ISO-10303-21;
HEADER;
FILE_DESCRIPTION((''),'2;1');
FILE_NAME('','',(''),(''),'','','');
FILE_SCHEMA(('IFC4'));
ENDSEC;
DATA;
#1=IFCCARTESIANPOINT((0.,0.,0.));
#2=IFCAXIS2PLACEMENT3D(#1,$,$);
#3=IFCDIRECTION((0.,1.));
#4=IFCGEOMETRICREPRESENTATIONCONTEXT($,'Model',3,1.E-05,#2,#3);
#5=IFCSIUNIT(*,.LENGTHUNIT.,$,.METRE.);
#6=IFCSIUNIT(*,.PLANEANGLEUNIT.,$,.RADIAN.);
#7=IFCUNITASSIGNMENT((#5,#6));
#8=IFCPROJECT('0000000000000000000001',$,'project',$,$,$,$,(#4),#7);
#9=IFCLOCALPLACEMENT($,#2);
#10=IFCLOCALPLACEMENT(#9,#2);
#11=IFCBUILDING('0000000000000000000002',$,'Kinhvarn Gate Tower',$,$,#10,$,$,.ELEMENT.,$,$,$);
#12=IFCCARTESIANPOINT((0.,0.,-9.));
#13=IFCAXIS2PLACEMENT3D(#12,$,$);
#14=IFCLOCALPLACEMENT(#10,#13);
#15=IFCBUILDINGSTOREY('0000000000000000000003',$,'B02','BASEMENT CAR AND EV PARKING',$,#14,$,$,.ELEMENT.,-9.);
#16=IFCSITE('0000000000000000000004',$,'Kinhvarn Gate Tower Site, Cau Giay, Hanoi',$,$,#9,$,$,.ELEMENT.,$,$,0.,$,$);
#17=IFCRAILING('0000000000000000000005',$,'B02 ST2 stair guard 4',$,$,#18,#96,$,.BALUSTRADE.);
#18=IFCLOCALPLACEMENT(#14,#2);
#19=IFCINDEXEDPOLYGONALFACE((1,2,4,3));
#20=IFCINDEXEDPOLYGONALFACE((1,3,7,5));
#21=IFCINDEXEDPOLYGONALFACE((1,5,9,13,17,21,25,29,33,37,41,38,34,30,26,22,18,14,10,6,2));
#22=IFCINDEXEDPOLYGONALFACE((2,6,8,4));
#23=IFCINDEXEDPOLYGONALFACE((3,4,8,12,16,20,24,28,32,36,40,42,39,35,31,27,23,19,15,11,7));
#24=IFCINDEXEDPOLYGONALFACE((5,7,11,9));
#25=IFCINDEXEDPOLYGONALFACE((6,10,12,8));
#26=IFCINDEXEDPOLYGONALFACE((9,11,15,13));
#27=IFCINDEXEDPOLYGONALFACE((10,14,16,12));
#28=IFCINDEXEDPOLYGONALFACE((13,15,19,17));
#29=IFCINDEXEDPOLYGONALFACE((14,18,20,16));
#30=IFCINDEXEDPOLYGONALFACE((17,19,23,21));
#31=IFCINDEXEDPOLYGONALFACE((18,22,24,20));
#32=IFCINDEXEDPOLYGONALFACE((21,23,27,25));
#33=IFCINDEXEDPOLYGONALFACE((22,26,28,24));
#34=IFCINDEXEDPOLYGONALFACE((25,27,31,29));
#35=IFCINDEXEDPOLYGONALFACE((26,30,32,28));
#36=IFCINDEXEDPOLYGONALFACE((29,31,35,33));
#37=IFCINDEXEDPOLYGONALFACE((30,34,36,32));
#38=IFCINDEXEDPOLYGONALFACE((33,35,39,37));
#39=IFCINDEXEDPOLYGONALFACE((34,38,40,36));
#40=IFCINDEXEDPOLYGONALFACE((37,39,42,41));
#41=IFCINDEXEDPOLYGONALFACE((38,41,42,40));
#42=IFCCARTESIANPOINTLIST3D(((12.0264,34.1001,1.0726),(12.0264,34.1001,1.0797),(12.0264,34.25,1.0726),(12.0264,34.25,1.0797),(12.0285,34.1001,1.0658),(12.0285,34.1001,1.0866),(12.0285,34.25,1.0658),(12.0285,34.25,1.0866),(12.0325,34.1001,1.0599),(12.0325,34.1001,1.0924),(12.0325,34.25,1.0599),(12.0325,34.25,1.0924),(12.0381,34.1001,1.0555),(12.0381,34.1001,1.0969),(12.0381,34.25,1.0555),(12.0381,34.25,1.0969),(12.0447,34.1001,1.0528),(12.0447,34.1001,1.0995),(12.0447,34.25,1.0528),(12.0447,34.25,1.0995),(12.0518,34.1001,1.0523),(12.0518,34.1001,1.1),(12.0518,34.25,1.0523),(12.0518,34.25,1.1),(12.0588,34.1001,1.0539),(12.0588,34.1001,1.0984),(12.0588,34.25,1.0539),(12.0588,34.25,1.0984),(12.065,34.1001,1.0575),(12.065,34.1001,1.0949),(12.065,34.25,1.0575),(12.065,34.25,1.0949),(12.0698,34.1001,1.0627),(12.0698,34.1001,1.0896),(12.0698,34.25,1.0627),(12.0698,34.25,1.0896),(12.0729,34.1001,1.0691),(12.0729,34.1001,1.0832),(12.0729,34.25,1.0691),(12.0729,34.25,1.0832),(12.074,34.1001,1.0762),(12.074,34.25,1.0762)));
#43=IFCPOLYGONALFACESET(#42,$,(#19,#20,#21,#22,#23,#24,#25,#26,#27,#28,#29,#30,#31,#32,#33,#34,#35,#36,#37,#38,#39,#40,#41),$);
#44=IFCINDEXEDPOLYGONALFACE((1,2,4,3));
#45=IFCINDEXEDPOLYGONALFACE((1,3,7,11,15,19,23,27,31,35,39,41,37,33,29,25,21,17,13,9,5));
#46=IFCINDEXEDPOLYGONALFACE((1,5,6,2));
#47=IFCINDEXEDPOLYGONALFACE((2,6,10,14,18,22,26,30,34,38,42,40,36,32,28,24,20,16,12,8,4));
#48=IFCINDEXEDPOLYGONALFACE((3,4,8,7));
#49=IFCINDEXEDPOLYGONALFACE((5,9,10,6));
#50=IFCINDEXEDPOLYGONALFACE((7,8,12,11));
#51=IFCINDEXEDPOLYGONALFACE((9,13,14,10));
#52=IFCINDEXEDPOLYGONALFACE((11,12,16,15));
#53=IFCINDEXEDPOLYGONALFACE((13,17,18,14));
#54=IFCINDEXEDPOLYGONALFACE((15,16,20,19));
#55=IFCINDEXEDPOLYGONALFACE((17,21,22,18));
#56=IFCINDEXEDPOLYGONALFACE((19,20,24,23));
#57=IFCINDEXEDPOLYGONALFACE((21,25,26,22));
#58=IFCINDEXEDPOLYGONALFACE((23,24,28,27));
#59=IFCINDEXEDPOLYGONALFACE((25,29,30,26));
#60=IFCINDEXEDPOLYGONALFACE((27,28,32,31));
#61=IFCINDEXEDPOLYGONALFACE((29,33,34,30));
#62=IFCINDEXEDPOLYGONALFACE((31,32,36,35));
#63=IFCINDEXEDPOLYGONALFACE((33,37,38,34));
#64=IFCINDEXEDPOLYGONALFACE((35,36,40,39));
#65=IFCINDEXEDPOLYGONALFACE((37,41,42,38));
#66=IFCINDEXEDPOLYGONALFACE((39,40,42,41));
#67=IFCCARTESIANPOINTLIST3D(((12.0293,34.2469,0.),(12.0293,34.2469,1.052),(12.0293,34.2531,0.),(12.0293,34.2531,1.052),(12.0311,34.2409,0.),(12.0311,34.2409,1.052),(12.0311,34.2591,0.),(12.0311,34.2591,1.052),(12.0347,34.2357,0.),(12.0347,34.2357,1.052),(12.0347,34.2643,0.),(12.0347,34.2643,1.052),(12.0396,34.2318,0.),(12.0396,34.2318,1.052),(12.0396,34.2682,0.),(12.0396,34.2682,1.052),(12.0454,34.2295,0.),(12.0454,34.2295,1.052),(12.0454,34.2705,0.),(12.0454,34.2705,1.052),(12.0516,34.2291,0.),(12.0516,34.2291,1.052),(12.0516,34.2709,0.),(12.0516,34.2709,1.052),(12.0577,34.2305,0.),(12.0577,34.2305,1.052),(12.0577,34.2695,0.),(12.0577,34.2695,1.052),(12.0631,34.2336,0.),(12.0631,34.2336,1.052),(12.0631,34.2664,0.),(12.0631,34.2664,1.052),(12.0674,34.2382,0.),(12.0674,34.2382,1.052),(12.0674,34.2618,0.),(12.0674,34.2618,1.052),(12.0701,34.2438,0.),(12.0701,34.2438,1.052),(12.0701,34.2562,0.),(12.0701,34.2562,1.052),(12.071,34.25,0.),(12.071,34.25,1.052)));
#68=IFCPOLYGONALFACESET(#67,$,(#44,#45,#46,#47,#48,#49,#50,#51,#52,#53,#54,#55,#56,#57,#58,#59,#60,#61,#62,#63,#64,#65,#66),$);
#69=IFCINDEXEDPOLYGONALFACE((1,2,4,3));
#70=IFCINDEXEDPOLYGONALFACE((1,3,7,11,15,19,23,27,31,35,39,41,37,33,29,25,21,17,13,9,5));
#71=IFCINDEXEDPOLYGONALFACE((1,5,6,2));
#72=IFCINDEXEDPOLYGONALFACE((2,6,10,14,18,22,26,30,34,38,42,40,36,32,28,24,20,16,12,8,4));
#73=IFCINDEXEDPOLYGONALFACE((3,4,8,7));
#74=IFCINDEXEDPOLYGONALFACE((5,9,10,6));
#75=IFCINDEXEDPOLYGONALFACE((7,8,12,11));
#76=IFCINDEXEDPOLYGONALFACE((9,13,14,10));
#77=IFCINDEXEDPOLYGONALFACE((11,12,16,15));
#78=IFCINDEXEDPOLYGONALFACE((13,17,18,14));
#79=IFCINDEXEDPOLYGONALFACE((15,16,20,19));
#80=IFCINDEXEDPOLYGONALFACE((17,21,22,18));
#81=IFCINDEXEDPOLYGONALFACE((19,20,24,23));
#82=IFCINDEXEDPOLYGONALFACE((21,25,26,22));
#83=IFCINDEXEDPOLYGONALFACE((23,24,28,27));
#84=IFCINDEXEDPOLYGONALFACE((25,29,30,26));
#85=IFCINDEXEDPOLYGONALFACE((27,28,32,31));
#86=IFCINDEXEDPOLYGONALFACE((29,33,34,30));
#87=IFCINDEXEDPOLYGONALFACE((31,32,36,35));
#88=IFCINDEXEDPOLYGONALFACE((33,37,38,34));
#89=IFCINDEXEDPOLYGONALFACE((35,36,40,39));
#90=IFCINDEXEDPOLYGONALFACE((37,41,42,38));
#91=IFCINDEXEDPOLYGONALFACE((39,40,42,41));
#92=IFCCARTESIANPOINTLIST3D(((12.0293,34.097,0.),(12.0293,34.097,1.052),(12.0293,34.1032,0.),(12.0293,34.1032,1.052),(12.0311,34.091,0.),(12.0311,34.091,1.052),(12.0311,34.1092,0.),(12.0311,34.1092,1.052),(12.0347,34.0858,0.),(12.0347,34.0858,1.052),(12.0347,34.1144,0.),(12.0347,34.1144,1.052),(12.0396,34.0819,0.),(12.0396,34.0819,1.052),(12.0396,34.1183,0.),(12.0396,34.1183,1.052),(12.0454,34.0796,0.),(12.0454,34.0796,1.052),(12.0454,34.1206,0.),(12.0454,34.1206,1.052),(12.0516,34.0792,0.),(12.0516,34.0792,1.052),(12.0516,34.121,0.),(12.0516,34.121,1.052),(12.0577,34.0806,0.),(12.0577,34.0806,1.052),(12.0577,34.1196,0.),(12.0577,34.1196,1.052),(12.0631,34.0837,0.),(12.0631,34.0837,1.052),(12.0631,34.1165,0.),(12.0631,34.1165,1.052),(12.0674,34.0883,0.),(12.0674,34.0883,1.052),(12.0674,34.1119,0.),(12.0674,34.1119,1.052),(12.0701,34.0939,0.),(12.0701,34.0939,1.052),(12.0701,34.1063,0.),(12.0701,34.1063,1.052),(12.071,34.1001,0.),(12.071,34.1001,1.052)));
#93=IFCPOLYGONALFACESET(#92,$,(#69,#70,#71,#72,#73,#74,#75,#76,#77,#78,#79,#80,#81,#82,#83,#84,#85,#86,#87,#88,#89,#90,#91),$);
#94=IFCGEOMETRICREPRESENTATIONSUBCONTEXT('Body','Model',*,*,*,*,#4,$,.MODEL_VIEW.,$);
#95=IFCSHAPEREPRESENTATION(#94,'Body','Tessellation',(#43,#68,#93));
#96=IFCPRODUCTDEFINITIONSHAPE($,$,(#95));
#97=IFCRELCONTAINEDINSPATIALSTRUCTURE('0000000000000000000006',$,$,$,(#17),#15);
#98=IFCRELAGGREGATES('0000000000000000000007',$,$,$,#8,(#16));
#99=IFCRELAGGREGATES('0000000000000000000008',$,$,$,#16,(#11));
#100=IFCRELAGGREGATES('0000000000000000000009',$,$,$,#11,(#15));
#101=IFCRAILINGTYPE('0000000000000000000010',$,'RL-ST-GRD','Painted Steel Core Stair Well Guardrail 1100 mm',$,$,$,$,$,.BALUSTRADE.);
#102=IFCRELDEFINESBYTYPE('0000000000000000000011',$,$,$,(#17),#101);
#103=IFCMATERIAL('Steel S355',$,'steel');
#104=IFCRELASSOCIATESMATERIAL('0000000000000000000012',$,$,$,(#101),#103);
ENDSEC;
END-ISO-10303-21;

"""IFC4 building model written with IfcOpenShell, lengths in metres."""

from ifc_helpers import new_model, si_unit, direction, frame, origin, origin_2d, place, context, subcontext, project, spatial, circle, extrude, material, type_object, element, save


model = new_model("IFC4")

# Units and contexts
model_context = context("Model", 3, precision=1e-05, world=origin(), true_north=direction((0.0, 1.0)))
body_context = subcontext(model_context, "Body", "Model", "MODEL_VIEW")
ifc_project = project(units=[si_unit("LENGTHUNIT", "METRE"), si_unit("PLANEANGLEUNIT", "RADIAN")], contexts=[model_context])

# Site, building, storey
site_placement = place(None, origin())
site = spatial("IfcSite", under=ifc_project, at=site_placement, Name="Kinhvarn Gate Tower Site, Cau Giay, Hanoi", CompositionType="ELEMENT", RefElevation=0.0)
building_placement = place(site_placement, origin())
building = spatial("IfcBuilding", under=site, at=building_placement, Name="Kinhvarn Gate Tower", CompositionType="ELEMENT")
storey_placement = place(building_placement, frame((0.0, 0.0, -9.0)))
storey = spatial("IfcBuildingStorey", under=building, at=storey_placement, Name="B02", Description="BASEMENT CAR AND EV PARKING", CompositionType="ELEMENT", Elevation=-9.0)

# Shared definitions
ifc_material_1 = material(Name="Steel S355", Category="steel")

# Railing
railing_type_1 = type_object("IfcRailingType", Name="RL-ST-GRD", Description="Painted Steel Core Stair Well Guardrail 1100 mm", PredefinedType="BALUSTRADE", material=ifc_material_1)
railing_1_placement = place(storey_placement, frame((12.05, 34.25, 0.0)))
element("IfcRailing", 1, at=railing_1_placement, inside=storey, type_object=railing_type_1, Name="B02 ST2 stair guard 4", PredefinedType="BALUSTRADE", context=body_context, shape_type="SweptSolid", body=[
    extrude(circle(Radius=0.0239, at=origin_2d()), frame((0.0, 0.0, 1.0762), z_axis=(0.0, -1.0, 0.0), x_axis=(1.0, 0.0, 0.0)), (0.0, 0.0, 1.0), 0.1499),
    extrude(circle(Radius=0.021, at=origin_2d()), origin(), (0.0, 0.0, 1.0), 1.052),
    extrude(circle(Radius=0.021, at=origin_2d()), frame((0.0, -0.1499, 0.0)), (0.0, 0.0, 1.0), 1.052),
])

save(model, "model.ifc")
